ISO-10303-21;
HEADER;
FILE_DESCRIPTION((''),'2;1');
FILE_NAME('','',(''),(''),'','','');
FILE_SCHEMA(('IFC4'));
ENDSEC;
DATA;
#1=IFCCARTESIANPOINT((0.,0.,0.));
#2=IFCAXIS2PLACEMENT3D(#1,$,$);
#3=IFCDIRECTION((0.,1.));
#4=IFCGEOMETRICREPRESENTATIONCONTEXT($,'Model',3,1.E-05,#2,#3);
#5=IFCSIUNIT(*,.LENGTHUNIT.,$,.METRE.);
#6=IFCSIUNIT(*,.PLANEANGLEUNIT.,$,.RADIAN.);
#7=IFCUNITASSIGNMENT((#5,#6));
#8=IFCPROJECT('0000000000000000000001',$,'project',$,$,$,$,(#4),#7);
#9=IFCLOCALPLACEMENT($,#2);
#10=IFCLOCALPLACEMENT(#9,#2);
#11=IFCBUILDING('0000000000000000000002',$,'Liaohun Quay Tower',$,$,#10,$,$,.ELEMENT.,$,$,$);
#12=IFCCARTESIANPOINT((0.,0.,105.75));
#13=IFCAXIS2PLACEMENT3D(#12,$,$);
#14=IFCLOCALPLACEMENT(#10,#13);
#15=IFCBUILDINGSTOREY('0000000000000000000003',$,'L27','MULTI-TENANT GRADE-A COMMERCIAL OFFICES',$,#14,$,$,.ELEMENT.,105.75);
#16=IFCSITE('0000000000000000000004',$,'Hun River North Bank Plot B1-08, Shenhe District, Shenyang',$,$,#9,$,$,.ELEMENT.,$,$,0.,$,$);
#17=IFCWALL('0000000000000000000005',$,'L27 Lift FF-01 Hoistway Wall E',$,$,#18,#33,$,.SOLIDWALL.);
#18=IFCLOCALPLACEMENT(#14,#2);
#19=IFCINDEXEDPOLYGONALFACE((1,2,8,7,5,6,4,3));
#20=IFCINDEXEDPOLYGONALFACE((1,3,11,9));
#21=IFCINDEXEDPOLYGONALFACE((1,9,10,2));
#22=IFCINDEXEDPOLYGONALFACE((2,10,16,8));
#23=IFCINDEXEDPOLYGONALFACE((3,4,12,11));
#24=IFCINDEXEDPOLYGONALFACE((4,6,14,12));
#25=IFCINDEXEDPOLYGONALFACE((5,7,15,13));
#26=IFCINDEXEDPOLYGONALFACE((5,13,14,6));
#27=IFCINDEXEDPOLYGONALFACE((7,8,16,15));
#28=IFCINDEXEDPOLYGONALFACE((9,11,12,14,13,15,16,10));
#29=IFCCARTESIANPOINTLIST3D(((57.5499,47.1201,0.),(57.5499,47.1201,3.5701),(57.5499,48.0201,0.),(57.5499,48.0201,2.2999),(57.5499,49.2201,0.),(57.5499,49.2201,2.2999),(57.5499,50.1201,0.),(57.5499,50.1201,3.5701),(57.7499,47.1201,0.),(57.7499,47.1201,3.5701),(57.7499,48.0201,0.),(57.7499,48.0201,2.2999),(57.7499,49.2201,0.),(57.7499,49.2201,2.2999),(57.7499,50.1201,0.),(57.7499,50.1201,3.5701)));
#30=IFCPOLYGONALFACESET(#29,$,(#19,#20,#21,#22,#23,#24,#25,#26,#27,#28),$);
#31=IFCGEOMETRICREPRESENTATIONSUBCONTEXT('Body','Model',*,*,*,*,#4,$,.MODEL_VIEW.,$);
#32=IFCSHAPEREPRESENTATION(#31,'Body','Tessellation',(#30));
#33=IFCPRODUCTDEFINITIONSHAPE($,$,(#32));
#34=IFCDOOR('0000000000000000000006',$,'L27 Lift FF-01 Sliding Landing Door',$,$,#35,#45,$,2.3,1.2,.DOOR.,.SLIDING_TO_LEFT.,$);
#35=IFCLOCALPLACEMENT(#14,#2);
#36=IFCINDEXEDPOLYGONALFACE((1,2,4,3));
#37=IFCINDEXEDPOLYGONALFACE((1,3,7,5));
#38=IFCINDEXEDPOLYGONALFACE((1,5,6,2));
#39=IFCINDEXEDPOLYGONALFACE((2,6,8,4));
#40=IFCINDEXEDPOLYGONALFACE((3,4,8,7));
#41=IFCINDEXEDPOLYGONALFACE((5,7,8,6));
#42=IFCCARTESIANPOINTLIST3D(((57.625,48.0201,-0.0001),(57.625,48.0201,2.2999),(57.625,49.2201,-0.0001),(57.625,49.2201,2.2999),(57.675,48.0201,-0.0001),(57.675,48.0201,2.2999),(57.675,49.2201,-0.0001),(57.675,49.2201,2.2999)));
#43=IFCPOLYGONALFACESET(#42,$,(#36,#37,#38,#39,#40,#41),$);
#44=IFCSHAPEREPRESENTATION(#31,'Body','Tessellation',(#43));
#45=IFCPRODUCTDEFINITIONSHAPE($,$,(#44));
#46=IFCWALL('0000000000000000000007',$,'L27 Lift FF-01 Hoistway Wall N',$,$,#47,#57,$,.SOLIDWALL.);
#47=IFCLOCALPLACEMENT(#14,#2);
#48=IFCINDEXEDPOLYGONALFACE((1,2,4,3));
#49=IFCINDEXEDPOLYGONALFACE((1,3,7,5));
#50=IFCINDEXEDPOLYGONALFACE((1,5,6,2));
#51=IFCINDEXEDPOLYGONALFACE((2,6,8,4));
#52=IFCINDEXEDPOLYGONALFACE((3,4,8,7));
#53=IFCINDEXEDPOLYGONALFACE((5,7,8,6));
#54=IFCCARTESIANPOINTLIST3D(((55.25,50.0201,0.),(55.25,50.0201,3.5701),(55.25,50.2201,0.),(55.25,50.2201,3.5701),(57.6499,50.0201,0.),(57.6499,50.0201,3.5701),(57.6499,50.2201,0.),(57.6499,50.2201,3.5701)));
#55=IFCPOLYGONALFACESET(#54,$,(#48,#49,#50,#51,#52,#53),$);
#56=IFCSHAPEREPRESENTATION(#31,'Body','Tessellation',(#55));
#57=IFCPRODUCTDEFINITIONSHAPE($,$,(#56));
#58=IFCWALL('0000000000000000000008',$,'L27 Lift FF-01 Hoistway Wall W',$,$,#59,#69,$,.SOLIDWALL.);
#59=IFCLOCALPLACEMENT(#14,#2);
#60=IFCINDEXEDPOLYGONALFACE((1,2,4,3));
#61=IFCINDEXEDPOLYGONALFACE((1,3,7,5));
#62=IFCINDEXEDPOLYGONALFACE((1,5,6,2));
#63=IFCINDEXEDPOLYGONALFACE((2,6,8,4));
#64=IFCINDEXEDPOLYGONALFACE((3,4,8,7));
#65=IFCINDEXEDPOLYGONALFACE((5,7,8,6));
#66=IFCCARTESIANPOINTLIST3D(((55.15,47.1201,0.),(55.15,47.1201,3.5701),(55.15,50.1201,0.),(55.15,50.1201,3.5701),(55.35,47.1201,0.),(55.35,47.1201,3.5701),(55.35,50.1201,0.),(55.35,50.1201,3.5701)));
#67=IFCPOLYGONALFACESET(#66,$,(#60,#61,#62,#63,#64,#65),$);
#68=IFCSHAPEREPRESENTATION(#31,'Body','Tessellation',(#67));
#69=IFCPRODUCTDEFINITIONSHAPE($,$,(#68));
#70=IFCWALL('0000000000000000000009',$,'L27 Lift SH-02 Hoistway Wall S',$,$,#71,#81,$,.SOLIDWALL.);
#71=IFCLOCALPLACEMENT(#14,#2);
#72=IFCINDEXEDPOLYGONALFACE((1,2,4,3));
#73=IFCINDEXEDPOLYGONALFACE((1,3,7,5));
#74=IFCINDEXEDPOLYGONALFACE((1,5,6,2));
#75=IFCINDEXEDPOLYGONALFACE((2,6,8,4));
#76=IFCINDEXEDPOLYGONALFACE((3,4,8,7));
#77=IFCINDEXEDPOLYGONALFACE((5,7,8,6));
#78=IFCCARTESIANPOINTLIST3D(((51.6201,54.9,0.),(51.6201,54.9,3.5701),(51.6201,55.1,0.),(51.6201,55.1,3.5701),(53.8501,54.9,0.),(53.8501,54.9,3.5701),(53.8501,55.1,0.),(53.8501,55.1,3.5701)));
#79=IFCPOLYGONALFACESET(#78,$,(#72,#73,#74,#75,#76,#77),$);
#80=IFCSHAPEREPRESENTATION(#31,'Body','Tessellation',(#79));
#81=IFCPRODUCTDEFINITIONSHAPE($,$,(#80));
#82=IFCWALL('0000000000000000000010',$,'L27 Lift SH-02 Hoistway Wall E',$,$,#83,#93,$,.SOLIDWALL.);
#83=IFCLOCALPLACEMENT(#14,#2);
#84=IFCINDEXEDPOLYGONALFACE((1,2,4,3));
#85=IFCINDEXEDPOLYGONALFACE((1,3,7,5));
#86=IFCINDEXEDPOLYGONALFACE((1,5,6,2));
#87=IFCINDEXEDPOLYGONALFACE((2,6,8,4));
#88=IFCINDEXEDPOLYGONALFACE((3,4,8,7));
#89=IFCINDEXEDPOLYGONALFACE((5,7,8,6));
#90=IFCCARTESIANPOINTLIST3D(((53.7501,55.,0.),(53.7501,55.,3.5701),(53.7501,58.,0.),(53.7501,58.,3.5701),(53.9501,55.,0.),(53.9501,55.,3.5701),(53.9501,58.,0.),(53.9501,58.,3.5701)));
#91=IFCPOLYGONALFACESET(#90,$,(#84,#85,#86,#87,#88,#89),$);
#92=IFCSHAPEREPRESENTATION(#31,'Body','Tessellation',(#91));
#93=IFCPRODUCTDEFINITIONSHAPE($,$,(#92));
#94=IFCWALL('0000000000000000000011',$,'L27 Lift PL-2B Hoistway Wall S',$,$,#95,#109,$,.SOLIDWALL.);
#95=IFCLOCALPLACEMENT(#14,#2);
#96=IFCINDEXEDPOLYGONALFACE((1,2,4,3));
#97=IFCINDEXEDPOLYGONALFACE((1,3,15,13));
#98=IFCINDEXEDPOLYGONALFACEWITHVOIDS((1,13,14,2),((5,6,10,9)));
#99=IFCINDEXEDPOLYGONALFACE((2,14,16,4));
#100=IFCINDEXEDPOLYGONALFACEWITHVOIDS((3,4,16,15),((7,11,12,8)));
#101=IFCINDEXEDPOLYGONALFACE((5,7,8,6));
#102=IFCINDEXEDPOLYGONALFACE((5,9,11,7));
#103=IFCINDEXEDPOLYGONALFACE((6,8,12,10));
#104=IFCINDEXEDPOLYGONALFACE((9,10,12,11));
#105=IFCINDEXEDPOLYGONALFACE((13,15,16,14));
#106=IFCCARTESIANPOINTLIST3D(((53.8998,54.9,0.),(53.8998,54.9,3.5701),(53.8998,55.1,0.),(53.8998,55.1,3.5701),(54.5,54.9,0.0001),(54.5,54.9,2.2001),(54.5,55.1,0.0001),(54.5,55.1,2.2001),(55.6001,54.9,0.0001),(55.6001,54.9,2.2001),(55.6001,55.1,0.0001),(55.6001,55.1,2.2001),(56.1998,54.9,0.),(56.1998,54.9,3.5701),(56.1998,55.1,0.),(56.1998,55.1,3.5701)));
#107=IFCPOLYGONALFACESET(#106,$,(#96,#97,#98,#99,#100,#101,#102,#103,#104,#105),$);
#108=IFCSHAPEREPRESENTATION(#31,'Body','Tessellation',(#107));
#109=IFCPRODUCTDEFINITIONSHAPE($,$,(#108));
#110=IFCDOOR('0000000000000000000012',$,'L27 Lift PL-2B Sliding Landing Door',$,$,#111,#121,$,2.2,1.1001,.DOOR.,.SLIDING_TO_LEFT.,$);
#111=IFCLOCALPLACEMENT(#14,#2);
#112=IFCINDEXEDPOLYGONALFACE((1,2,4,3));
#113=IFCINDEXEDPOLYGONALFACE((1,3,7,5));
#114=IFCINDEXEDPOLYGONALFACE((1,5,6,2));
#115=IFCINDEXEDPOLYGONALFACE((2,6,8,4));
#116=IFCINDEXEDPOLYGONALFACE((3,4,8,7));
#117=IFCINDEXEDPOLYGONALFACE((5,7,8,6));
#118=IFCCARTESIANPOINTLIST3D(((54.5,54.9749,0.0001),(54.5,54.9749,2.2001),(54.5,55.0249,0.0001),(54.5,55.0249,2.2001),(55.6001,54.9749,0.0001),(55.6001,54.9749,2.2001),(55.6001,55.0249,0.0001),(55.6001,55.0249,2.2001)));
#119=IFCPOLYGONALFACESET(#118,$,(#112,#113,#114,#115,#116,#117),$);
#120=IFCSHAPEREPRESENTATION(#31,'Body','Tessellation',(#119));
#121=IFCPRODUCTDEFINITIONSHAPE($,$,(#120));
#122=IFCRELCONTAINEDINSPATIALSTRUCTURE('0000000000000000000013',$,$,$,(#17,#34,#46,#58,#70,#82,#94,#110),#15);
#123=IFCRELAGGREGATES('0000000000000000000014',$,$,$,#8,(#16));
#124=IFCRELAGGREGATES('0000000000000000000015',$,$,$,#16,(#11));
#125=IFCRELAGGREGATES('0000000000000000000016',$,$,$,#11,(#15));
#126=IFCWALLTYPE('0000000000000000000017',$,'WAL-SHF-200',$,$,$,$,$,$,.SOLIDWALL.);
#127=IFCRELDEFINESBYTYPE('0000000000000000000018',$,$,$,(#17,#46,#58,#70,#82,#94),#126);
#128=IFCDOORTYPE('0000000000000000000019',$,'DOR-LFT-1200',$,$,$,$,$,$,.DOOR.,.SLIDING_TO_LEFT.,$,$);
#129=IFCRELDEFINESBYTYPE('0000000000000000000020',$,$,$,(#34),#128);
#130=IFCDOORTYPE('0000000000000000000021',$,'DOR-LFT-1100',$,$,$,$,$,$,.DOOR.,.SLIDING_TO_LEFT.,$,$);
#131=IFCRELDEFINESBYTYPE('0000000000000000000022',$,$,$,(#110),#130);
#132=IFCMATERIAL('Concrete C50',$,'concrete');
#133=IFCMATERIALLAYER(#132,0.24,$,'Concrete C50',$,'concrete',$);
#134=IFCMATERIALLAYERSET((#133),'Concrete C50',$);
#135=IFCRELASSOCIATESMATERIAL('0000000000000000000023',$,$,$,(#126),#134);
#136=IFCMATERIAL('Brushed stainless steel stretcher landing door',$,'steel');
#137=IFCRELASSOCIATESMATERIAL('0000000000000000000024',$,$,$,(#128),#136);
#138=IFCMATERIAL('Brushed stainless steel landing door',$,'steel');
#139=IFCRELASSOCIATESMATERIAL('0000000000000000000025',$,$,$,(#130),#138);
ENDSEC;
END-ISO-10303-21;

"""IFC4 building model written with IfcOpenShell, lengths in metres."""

from ifc_helpers import new_model, si_unit, direction, frame, frame_2d, origin, place, context, subcontext, project, spatial, rectangle, extrude, source, transform, mapped, material, layer, layer_set, type_object, element, fill, save


model = new_model("IFC4")

# Units and contexts
model_context = context("Model", 3, precision=1e-05, world=origin(), true_north=direction((0.0, 1.0)))
body_context = subcontext(model_context, "Body", "Model", "MODEL_VIEW")
ifc_project = project(units=[si_unit("LENGTHUNIT", "METRE"), si_unit("PLANEANGLEUNIT", "RADIAN")], contexts=[model_context])

# Site, building, storey
site_placement = place(None, origin())
site = spatial("IfcSite", under=ifc_project, at=site_placement, Name="Hun River North Bank Plot B1-08, Shenhe District, Shenyang", CompositionType="ELEMENT", RefElevation=0.0)
building_placement = place(site_placement, origin())
building = spatial("IfcBuilding", under=site, at=building_placement, Name="Liaohun Quay Tower", CompositionType="ELEMENT")
storey_placement = place(building_placement, frame((0.0, 0.0, 105.75)))
storey = spatial("IfcBuildingStorey", under=building, at=storey_placement, Name="L27", Description="MULTI-TENANT GRADE-A COMMERCIAL OFFICES", CompositionType="ELEMENT", Elevation=105.75)

# Shared definitions
ifc_material_1 = material(Name="Concrete C50", Category="concrete")
ifc_layer_1 = layer(ifc_material_1, 0.24, Name="Concrete C50", Category="concrete")
ifc_layer_set_1 = layer_set([ifc_layer_1], Name="Concrete C50")
wall_type_1 = type_object("IfcWallType", Name="WAL-SHF-200", PredefinedType="SOLIDWALL", material=ifc_layer_set_1)

# Wall, opening, door
wall_1_placement = place(storey_placement, frame((57.6499, 47.1201, 0.0), z_axis=(0.0, 0.0, 1.0), x_axis=(0.0, 1.0, 0.0)))
wall_1 = element("IfcWall", 1, at=wall_1_placement, inside=storey, type_object=wall_type_1, Name="L27 Lift FF-01 Hoistway Wall E", PredefinedType="SOLIDWALL", context=body_context, shape_type="SweptSolid", body=[
    extrude(rectangle(XDim=3.0, YDim=0.2, at=frame_2d((1.5, 0.0))), origin(), (0.0, 0.0, 1.0), 3.5701),
])
shared_shape_1 = source(origin(), body_context, "Body", "SweptSolid", [
    extrude(rectangle(XDim=1.2, YDim=2.3, at=frame_2d((0.6001, 1.1499))), frame((0.0, 0.1099, 0.0), z_axis=(0.0, -1.0, 0.0), x_axis=(1.0, 0.0, 0.0)), (0.0, 0.0, 1.0), 0.22),
])
opening_1_placement = place(wall_1_placement, frame((0.8999, 0.0, 0.0)))
opening_1 = element("IfcOpeningElement", 2, at=opening_1_placement, cuts=wall_1, PredefinedType="OPENING", context=body_context, shape_type="MappedRepresentation", body=[
    mapped(shared_shape_1, transform((0.0, 0.0, 0.0), x_axis=(1.0, 0.0, 0.0), y_axis=(0.0, 1.0, 0.0), z_axis=(0.0, 0.0, 1.0), scale=1.0)),
])
ifc_material_2 = material(Name="Brushed stainless steel stretcher landing door", Category="steel")
door_type_1 = type_object("IfcDoorType", Name="DOR-LFT-1200", OperationType="SLIDING_TO_LEFT", PredefinedType="DOOR", material=ifc_material_2)
shared_shape_2 = source(origin(), body_context, "Body", "SweptSolid", [
    extrude(rectangle(XDim=1.2, YDim=2.3, at=frame_2d((0.6001, 1.1499))), frame((0.0, 0.0249, 0.0), z_axis=(0.0, -1.0, 0.0), x_axis=(1.0, 0.0, 0.0)), (0.0, 0.0, 1.0), 0.05),
])
door_1_placement = place(opening_1_placement, origin())
door_1 = element("IfcDoor", 3, at=door_1_placement, inside=storey, type_object=door_type_1, Name="L27 Lift FF-01 Sliding Landing Door", OperationType="SLIDING_TO_LEFT", OverallHeight=2.3, OverallWidth=1.2, PredefinedType="DOOR", context=body_context, shape_type="MappedRepresentation", body=[
    mapped(shared_shape_2, transform((0.0, 0.0, 0.0), x_axis=(1.0, 0.0, 0.0), y_axis=(0.0, 1.0, 0.0), z_axis=(0.0, 0.0, 1.0), scale=1.0)),
])
fill(opening_1, door_1)

# Walls
wall_2_placement = place(storey_placement, frame((57.6499, 50.1201, 0.0), z_axis=(0.0, 0.0, 1.0), x_axis=(-1.0, 0.0, 0.0)))
element("IfcWall", 4, at=wall_2_placement, inside=storey, type_object=wall_type_1, Name="L27 Lift FF-01 Hoistway Wall N", PredefinedType="SOLIDWALL", context=body_context, shape_type="SweptSolid", body=[
    extrude(rectangle(XDim=2.3999, YDim=0.2, at=frame_2d((1.2, 0.0))), origin(), (0.0, 0.0, 1.0), 3.5701),
])
wall_3_placement = place(storey_placement, frame((55.25, 50.1201, 0.0), z_axis=(0.0, 0.0, 1.0), x_axis=(0.0, -1.0, 0.0)))
element("IfcWall", 5, at=wall_3_placement, inside=storey, type_object=wall_type_1, Name="L27 Lift FF-01 Hoistway Wall W", PredefinedType="SOLIDWALL", context=body_context, shape_type="SweptSolid", body=[
    extrude(rectangle(XDim=3.0, YDim=0.2, at=frame_2d((1.5, 0.0))), origin(), (0.0, 0.0, 1.0), 3.5701),
])
wall_4_placement = place(storey_placement, frame((51.6201, 55.0, 0.0), z_axis=(0.0, 0.0, 1.0), x_axis=(1.0, 0.0, 0.0)))
element("IfcWall", 6, at=wall_4_placement, inside=storey, type_object=wall_type_1, Name="L27 Lift SH-02 Hoistway Wall S", PredefinedType="SOLIDWALL", context=body_context, shape_type="SweptSolid", body=[
    extrude(rectangle(XDim=2.23, YDim=0.2, at=frame_2d((1.115, 0.0))), origin(), (0.0, 0.0, 1.0), 3.5701),
])
wall_5_placement = place(storey_placement, frame((53.8501, 55.0, 0.0), z_axis=(0.0, 0.0, 1.0), x_axis=(0.0, 1.0, 0.0)))
element("IfcWall", 7, at=wall_5_placement, inside=storey, type_object=wall_type_1, Name="L27 Lift SH-02 Hoistway Wall E", PredefinedType="SOLIDWALL", context=body_context, shape_type="SweptSolid", body=[
    extrude(rectangle(XDim=3.0, YDim=0.2, at=frame_2d((1.5, 0.0))), origin(), (0.0, 0.0, 1.0), 3.5701),
])

# Wall, opening, door
wall_6_placement = place(storey_placement, frame((53.8999, 55.0, 0.0), z_axis=(0.0, 0.0, 1.0), x_axis=(1.0, 0.0, 0.0)))
wall_6 = element("IfcWall", 8, at=wall_6_placement, inside=storey, type_object=wall_type_1, Name="L27 Lift PL-2B Hoistway Wall S", PredefinedType="SOLIDWALL", context=body_context, shape_type="SweptSolid", body=[
    extrude(rectangle(XDim=2.3, YDim=0.2, at=frame_2d((1.1499, 0.0))), origin(), (0.0, 0.0, 1.0), 3.5701),
])
shared_shape_3 = source(origin(), body_context, "Body", "SweptSolid", [
    extrude(rectangle(XDim=1.1001, YDim=2.2, at=frame_2d((0.55, 1.1001))), frame((0.0, 0.1099, 0.0), z_axis=(0.0, -1.0, 0.0), x_axis=(1.0, 0.0, 0.0)), (0.0, 0.0, 1.0), 0.22),
])
opening_2_placement = place(wall_6_placement, frame((0.6001, 0.0, 0.0)))
opening_2 = element("IfcOpeningElement", 9, at=opening_2_placement, cuts=wall_6, PredefinedType="OPENING", context=body_context, shape_type="MappedRepresentation", body=[
    mapped(shared_shape_3, transform((0.0, 0.0, 0.0), x_axis=(1.0, 0.0, 0.0), y_axis=(0.0, 1.0, 0.0), z_axis=(0.0, 0.0, 1.0), scale=1.0)),
])
ifc_material_3 = material(Name="Brushed stainless steel landing door", Category="steel")
door_type_2 = type_object("IfcDoorType", Name="DOR-LFT-1100", OperationType="SLIDING_TO_LEFT", PredefinedType="DOOR", material=ifc_material_3)
shared_shape_4 = source(origin(), body_context, "Body", "SweptSolid", [
    extrude(rectangle(XDim=1.1001, YDim=2.2, at=frame_2d((0.55, 1.1001))), frame((0.0, 0.0249, 0.0), z_axis=(0.0, -1.0, 0.0), x_axis=(1.0, 0.0, 0.0)), (0.0, 0.0, 1.0), 0.05),
])
door_2_placement = place(opening_2_placement, origin())
door_2 = element("IfcDoor", 10, at=door_2_placement, inside=storey, type_object=door_type_2, Name="L27 Lift PL-2B Sliding Landing Door", OperationType="SLIDING_TO_LEFT", OverallHeight=2.2, OverallWidth=1.1001, PredefinedType="DOOR", context=body_context, shape_type="MappedRepresentation", body=[
    mapped(shared_shape_4, transform((0.0, 0.0, 0.0), x_axis=(1.0, 0.0, 0.0), y_axis=(0.0, 1.0, 0.0), z_axis=(0.0, 0.0, 1.0), scale=1.0)),
])
fill(opening_2, door_2)

save(model, "model.ifc")
